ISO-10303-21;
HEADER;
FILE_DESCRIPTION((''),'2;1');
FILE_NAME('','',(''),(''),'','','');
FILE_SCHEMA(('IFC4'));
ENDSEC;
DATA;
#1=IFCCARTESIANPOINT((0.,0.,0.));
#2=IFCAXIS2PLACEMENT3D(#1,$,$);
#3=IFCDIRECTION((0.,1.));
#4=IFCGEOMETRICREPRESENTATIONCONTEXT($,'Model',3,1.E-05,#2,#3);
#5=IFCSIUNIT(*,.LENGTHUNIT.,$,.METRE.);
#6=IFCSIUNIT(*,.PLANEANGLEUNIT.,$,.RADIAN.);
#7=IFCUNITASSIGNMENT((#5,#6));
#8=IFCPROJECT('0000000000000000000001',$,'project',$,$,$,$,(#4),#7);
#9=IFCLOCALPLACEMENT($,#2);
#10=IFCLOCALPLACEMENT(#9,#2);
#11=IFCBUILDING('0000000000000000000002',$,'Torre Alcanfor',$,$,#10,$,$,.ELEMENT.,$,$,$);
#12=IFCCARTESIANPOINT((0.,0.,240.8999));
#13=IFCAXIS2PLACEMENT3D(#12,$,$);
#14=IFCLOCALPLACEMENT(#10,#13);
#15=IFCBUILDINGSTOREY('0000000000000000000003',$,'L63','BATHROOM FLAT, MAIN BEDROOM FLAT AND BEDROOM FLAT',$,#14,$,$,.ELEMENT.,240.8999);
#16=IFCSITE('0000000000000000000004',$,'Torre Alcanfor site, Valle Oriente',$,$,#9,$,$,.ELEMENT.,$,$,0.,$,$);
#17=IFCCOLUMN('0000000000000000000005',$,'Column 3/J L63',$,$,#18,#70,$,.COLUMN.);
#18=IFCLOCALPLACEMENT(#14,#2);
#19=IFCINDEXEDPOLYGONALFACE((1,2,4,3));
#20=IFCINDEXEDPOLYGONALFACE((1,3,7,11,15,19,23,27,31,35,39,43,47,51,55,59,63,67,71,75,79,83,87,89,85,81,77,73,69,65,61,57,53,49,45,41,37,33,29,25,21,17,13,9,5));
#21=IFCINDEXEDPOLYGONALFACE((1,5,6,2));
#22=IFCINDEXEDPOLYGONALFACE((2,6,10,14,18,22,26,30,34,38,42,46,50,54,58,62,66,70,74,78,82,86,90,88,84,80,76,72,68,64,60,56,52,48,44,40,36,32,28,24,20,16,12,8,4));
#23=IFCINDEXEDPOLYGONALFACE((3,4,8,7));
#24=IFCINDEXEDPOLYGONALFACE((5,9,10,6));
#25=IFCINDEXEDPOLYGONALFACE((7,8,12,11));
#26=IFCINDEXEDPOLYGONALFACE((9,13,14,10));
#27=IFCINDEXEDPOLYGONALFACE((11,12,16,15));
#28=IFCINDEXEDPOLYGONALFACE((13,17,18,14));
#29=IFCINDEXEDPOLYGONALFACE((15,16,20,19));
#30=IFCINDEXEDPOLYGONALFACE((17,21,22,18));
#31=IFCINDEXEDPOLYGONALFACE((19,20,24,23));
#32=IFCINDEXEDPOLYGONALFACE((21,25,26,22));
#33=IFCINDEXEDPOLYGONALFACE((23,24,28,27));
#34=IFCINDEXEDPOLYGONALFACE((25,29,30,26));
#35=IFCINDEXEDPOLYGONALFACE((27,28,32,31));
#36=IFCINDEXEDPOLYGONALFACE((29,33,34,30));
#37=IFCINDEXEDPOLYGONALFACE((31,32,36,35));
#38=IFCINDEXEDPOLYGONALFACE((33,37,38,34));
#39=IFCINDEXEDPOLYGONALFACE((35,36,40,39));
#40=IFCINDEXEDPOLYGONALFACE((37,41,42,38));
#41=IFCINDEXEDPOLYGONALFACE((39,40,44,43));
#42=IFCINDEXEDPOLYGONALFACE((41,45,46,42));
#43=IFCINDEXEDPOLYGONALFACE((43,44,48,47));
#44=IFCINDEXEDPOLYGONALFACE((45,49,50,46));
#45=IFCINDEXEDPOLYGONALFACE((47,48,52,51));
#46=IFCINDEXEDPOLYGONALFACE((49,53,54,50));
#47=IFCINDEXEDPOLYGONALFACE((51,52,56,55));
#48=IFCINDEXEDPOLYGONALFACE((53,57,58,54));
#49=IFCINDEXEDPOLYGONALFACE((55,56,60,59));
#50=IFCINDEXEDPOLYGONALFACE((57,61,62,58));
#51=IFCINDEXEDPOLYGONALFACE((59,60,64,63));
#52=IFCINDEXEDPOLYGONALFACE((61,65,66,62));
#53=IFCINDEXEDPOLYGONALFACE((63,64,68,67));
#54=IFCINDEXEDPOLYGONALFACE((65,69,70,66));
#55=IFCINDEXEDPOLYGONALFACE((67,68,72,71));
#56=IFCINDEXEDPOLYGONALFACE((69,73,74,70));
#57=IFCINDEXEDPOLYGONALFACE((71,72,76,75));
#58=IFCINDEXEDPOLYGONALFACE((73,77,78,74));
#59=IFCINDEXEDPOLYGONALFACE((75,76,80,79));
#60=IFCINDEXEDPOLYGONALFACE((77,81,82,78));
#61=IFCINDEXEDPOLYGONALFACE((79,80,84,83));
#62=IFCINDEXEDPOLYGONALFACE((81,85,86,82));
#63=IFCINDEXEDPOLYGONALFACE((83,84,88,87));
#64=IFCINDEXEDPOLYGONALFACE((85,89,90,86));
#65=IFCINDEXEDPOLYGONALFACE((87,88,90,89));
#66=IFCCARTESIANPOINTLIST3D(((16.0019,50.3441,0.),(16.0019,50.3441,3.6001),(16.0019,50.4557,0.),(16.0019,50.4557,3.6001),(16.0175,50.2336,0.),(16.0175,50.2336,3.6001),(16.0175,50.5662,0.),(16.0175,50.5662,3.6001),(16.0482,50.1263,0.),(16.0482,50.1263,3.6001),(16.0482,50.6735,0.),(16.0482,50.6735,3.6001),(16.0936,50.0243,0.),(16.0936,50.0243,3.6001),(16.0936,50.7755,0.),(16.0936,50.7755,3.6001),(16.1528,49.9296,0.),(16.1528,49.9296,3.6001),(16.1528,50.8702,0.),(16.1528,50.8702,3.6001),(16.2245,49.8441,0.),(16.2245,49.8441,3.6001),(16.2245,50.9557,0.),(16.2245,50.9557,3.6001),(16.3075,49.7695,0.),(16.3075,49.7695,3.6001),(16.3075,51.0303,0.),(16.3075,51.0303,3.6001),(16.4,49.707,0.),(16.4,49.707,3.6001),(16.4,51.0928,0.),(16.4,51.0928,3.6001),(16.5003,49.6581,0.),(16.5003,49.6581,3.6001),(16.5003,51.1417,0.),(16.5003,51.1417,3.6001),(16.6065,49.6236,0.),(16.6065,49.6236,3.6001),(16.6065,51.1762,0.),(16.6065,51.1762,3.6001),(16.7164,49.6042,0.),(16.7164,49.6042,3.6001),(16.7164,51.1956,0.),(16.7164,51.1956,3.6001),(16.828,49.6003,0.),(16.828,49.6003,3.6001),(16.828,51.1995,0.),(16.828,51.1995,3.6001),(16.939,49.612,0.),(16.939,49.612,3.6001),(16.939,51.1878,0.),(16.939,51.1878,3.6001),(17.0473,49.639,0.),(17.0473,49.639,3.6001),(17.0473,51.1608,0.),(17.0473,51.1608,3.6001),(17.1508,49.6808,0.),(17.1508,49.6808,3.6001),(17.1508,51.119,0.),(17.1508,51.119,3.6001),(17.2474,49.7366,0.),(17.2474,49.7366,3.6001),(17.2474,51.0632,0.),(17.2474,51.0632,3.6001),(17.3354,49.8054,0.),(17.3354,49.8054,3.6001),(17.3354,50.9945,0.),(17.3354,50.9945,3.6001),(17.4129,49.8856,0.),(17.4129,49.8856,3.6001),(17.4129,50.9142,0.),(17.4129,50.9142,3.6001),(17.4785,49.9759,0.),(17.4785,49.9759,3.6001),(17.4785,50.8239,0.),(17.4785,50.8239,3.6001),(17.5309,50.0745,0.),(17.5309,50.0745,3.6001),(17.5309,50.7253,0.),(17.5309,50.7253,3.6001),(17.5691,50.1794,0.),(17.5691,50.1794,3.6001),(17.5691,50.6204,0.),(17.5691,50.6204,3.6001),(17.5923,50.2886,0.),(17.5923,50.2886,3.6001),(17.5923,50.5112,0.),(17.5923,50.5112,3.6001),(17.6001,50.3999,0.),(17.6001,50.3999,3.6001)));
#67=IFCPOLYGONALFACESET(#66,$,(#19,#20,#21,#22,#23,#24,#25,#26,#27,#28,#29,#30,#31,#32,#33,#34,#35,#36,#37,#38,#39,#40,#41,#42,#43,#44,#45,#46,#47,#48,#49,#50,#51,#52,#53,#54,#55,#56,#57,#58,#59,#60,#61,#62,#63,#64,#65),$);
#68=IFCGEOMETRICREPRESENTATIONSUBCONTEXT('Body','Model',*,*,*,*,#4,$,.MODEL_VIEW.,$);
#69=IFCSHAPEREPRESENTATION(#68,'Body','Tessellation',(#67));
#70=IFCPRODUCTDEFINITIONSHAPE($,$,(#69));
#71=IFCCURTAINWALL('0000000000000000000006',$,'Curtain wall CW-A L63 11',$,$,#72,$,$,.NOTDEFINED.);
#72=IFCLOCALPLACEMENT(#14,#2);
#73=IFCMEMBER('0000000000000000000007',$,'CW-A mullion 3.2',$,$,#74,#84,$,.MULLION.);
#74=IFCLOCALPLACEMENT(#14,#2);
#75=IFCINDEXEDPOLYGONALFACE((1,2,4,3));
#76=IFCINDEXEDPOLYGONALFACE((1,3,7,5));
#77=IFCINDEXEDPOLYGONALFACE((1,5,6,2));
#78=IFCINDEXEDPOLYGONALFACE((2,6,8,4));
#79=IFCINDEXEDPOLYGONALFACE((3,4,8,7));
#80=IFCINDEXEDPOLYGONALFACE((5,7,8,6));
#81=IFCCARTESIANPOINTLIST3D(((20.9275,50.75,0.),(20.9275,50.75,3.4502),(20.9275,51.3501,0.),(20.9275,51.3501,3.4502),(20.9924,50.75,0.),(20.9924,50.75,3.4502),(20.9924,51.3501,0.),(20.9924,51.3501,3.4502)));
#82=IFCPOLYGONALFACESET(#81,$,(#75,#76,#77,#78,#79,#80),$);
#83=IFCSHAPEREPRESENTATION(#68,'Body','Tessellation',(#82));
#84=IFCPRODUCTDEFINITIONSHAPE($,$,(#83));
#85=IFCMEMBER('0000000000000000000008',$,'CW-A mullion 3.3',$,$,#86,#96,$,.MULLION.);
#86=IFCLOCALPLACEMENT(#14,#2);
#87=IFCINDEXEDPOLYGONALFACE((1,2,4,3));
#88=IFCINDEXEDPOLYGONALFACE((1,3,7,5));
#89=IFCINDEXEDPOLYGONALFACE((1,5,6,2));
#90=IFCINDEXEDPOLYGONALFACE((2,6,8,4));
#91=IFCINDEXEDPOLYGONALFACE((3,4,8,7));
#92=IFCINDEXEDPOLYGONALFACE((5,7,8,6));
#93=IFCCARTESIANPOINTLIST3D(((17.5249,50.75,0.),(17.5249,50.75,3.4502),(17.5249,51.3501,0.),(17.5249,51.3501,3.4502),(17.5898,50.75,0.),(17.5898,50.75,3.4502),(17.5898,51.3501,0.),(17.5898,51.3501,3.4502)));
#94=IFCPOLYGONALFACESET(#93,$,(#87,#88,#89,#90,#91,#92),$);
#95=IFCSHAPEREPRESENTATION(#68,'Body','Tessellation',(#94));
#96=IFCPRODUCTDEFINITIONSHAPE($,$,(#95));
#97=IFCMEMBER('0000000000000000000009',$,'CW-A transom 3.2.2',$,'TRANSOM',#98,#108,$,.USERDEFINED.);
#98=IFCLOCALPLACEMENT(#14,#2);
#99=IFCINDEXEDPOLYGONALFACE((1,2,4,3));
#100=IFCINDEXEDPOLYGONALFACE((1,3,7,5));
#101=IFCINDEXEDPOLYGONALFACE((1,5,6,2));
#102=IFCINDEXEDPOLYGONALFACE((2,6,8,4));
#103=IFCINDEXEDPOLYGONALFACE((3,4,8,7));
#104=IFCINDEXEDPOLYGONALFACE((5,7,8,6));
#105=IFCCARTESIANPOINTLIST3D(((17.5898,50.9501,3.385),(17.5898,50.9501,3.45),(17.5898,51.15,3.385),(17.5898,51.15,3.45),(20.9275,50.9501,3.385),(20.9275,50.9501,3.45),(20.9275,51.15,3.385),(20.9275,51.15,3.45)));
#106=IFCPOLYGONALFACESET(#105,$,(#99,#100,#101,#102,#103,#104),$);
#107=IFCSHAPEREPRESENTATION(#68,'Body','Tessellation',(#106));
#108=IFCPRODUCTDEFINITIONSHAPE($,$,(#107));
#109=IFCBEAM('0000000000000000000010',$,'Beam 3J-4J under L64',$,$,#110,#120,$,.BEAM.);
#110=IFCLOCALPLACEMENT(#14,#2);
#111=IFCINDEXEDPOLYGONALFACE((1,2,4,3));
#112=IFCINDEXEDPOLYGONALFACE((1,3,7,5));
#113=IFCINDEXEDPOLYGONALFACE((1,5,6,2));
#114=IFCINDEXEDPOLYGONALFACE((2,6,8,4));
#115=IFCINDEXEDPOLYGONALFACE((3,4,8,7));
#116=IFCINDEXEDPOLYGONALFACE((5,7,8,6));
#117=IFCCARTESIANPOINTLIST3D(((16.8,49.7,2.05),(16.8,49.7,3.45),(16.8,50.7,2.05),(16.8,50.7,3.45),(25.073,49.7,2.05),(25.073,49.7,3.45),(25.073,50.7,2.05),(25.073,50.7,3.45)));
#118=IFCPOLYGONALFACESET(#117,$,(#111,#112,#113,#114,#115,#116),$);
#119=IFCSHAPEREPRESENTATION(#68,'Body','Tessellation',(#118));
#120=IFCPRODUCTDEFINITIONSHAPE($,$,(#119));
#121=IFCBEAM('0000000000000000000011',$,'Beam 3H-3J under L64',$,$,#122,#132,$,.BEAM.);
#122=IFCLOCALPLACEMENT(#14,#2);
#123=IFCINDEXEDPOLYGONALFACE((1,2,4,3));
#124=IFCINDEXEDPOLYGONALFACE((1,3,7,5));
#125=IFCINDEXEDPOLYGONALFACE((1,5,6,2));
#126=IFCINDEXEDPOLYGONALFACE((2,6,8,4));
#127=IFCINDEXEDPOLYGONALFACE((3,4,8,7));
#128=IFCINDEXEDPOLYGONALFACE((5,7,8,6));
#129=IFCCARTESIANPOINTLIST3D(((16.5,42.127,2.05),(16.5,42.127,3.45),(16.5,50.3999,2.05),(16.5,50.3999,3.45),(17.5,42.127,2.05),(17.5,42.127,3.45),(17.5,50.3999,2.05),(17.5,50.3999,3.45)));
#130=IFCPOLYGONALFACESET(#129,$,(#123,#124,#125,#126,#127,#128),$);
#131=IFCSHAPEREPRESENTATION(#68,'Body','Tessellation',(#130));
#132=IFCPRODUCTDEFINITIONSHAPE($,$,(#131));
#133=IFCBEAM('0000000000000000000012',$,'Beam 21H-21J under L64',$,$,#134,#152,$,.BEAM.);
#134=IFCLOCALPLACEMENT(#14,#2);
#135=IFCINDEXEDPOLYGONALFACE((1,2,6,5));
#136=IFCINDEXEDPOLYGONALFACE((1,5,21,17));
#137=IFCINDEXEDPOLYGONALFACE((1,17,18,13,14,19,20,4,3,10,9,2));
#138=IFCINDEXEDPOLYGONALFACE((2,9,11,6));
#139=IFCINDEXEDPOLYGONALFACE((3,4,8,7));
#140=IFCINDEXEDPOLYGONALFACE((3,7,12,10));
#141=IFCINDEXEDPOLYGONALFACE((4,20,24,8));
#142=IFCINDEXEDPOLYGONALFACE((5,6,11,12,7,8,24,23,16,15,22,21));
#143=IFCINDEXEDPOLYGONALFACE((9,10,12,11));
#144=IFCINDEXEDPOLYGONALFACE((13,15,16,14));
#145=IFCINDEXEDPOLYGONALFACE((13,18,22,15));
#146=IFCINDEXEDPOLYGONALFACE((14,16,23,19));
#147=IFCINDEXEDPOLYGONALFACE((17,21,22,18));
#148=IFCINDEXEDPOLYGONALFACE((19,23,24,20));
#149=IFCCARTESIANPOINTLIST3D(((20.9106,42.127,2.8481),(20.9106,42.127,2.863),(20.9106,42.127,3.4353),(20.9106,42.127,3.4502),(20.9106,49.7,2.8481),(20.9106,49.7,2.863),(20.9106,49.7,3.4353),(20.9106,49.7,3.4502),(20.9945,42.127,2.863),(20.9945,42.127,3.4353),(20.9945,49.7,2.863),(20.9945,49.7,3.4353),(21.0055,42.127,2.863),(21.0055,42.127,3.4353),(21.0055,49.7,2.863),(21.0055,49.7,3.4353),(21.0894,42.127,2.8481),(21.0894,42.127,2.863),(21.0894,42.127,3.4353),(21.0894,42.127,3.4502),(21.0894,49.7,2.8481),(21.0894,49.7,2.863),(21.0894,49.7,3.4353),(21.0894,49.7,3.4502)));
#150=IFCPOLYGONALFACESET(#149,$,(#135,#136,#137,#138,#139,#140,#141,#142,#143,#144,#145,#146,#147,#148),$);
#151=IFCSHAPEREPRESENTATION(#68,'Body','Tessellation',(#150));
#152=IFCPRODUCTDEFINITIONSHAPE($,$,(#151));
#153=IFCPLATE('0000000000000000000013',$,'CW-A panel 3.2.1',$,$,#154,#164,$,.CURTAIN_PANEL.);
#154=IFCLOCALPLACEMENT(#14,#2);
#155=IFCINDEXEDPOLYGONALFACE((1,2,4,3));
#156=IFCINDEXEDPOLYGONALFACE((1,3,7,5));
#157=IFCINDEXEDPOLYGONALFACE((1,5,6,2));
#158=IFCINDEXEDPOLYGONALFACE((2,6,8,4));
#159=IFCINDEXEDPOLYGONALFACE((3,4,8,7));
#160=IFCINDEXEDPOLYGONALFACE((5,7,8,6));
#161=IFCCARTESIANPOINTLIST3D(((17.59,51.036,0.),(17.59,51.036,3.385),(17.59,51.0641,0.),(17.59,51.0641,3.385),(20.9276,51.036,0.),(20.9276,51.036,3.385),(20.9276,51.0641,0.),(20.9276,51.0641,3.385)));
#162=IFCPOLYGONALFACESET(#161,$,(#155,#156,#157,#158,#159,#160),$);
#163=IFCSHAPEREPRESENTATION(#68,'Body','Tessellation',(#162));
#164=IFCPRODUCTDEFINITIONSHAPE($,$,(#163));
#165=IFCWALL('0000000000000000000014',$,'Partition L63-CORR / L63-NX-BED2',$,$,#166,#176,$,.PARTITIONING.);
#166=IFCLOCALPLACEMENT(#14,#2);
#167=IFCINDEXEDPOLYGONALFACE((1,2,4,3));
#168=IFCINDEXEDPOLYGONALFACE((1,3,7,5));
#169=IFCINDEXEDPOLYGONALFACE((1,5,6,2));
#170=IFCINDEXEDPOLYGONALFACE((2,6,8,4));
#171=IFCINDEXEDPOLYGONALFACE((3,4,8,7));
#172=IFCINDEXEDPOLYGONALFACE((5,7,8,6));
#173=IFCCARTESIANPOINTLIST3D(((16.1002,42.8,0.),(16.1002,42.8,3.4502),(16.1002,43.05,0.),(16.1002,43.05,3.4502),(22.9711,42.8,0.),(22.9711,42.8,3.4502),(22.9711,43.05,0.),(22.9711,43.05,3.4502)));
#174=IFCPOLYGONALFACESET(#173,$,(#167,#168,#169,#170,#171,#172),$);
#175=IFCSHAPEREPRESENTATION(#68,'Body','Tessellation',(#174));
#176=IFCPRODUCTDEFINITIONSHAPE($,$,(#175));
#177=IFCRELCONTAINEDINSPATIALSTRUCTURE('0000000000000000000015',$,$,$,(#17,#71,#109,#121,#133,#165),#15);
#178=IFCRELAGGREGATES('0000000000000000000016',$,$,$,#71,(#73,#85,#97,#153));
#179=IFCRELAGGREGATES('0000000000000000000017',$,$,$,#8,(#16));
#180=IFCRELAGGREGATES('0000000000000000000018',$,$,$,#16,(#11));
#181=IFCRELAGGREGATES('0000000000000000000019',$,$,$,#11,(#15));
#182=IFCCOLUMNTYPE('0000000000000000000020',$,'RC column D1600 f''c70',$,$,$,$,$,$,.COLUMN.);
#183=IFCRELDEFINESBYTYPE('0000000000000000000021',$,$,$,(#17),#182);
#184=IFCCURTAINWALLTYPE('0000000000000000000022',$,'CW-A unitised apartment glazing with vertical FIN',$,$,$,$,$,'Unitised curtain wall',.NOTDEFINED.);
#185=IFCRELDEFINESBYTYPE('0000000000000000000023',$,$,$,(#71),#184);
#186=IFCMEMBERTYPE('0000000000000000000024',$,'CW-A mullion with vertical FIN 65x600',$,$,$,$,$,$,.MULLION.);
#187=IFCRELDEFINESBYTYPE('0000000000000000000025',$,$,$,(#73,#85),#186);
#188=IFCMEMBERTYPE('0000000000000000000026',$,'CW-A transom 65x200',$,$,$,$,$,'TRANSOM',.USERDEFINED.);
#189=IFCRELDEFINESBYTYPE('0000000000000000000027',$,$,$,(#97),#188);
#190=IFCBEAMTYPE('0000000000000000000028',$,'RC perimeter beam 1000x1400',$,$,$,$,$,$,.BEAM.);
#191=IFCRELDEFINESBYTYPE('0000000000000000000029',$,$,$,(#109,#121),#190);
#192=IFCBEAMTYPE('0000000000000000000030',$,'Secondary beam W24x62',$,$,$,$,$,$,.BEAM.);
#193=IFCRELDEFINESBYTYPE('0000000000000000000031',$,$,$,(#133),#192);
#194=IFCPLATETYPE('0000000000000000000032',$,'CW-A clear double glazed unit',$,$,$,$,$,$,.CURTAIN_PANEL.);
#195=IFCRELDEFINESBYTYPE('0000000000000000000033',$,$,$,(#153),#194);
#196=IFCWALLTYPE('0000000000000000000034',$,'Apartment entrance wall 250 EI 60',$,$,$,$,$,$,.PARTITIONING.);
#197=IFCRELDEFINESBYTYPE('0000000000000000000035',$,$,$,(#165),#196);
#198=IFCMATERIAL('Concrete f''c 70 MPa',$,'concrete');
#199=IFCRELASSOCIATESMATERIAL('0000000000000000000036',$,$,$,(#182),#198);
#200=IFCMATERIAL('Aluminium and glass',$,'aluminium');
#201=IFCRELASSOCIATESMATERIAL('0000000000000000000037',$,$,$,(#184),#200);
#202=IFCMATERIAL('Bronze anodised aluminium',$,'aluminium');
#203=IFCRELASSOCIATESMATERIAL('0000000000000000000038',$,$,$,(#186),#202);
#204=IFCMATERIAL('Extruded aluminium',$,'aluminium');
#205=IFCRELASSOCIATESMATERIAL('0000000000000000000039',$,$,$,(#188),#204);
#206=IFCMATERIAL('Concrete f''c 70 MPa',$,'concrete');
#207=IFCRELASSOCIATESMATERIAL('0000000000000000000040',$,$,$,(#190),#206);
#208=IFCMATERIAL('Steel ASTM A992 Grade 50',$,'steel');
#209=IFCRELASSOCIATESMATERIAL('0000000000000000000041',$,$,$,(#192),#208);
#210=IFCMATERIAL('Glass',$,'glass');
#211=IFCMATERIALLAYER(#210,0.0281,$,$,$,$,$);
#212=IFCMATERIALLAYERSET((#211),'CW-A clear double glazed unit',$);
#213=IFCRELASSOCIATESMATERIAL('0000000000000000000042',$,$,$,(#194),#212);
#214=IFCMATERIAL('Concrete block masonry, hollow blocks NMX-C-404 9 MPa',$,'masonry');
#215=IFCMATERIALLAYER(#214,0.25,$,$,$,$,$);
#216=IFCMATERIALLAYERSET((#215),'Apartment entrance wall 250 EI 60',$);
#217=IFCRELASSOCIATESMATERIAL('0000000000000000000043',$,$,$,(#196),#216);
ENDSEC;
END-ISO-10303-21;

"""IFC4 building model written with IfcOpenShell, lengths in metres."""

from ifc_helpers import new_model, si_unit, direction, frame, frame_2d, origin, origin_2d, place, context, subcontext, project, spatial, rectangle, circle, i_section, extrude, material, layer, layer_set, material_profile, profile_set, type_object, element, aggregate, save


model = new_model("IFC4")

# Units and contexts
model_context = context("Model", 3, precision=1e-05, world=origin(), true_north=direction((0.0, 1.0)))
body_context = subcontext(model_context, "Body", "Model", "MODEL_VIEW")
ifc_project = project(units=[si_unit("LENGTHUNIT", "METRE"), si_unit("PLANEANGLEUNIT", "RADIAN")], contexts=[model_context])

# Site, building, storey
site_placement = place(None, origin())
site = spatial("IfcSite", under=ifc_project, at=site_placement, Name="Torre Alcanfor site, Valle Oriente", CompositionType="ELEMENT", RefElevation=0.0)
building_placement = place(site_placement, origin())
building = spatial("IfcBuilding", under=site, at=building_placement, Name="Torre Alcanfor", CompositionType="ELEMENT")
storey_placement = place(building_placement, frame((0.0, 0.0, 240.8999)))
storey = spatial("IfcBuildingStorey", under=building, at=storey_placement, Name="L63", Description="BATHROOM FLAT, MAIN BEDROOM FLAT AND BEDROOM FLAT", CompositionType="ELEMENT", Elevation=240.8999)

# Column
ifc_material_1 = material(Name="Concrete f'c 70 MPa", Category="concrete")
ifc_material_profile_1 = material_profile(ifc_material_1, circle(Radius=0.8, at=origin_2d()), Name="D1600")
ifc_profile_set_1 = profile_set([ifc_material_profile_1], Name="Concrete f'c 70 MPa")
column_type = type_object("IfcColumnType", Name="RC column D1600 f'c70", PredefinedType="COLUMN", material=ifc_profile_set_1)
column_placement = place(storey_placement, frame((16.8, 50.3999, 0.0), z_axis=(0.0, 0.0, 1.0), x_axis=(1.0, 0.0, 0.0)))
element("IfcColumn", 1, at=column_placement, inside=storey, type_object=column_type, Name="Column 3/J L63", PredefinedType="COLUMN", context=body_context, shape_type="SweptSolid", body=[
    extrude(circle(Radius=0.8, at=origin_2d()), origin(), (0.0, 0.0, 1.0), 3.6001),
])

# Curtain wall, members
ifc_material_2 = material(Name="Aluminium and glass", Category="aluminium")
curtain_wall_type = type_object("IfcCurtainWallType", Name="CW-A unitised apartment glazing with vertical FIN", ElementType="Unitised curtain wall", PredefinedType="NOTDEFINED", material=ifc_material_2)
curtain_wall_placement = place(storey_placement, origin())
curtain_wall = element("IfcCurtainWall", 2, at=curtain_wall_placement, inside=storey, type_object=curtain_wall_type, Name="Curtain wall CW-A L63 11", PredefinedType="NOTDEFINED")
ifc_material_3 = material(Name="Bronze anodised aluminium", Category="aluminium")
ifc_material_profile_2 = material_profile(ifc_material_3, rectangle(XDim=0.6001, YDim=0.0649, at=origin_2d()), Name="CW-A mullion 65x600")
ifc_profile_set_2 = profile_set([ifc_material_profile_2], Name="Bronze anodised aluminium")
member_type_1 = type_object("IfcMemberType", Name="CW-A mullion with vertical FIN 65x600", PredefinedType="MULLION", material=ifc_profile_set_2)
member_1_placement = place(storey_placement, frame((20.96, 51.05, 0.0), z_axis=(0.0, 0.0, 1.0), x_axis=(0.0, -1.0, 0.0)))
member_1 = element("IfcMember", 3, at=member_1_placement, type_object=member_type_1, Name="CW-A mullion 3.2", PredefinedType="MULLION", context=body_context, shape_type="SweptSolid", body=[
    extrude(rectangle(XDim=0.6001, YDim=0.0649, at=origin_2d()), origin(), (0.0, 0.0, 1.0), 3.4502),
])
member_2_placement = place(storey_placement, frame((17.5574, 51.05, 0.0), z_axis=(0.0, 0.0, 1.0), x_axis=(0.0, -1.0, 0.0)))
member_2 = element("IfcMember", 4, at=member_2_placement, type_object=member_type_1, Name="CW-A mullion 3.3", PredefinedType="MULLION", context=body_context, shape_type="SweptSolid", body=[
    extrude(rectangle(XDim=0.6001, YDim=0.0649, at=origin_2d()), origin(), (0.0, 0.0, 1.0), 3.4502),
])
ifc_material_4 = material(Name="Extruded aluminium", Category="aluminium")
ifc_material_profile_3 = material_profile(ifc_material_4, rectangle(XDim=0.2, YDim=0.0649, at=origin_2d()), Name="CW-A transom 200x65")
ifc_profile_set_3 = profile_set([ifc_material_profile_3], Name="Extruded aluminium")
member_type_2 = type_object("IfcMemberType", Name="CW-A transom 65x200", ElementType="TRANSOM", PredefinedType="USERDEFINED", material=ifc_profile_set_3)
member_3_placement = place(storey_placement, frame((20.9275, 51.05, 3.4175), z_axis=(-1.0, 0.0, 0.0), x_axis=(0.0, -1.0, 0.0)))
member_3 = element("IfcMember", 5, at=member_3_placement, type_object=member_type_2, Name="CW-A transom 3.2.2", ObjectType="TRANSOM", PredefinedType="USERDEFINED", context=body_context, shape_type="SweptSolid", body=[
    extrude(rectangle(XDim=0.2, YDim=0.0649, at=origin_2d()), origin(), (0.0, 0.0, 1.0), 3.3376),
])

# Beams
ifc_material_5 = material(Name="Concrete f'c 70 MPa", Category="concrete")
ifc_material_profile_4 = material_profile(ifc_material_5, rectangle(XDim=1.0, YDim=1.3999, at=origin_2d()), Name="1000x1400")
ifc_profile_set_4 = profile_set([ifc_material_profile_4], Name="Concrete f'c 70 MPa")
beam_type_1 = type_object("IfcBeamType", Name="RC perimeter beam 1000x1400", PredefinedType="BEAM", material=ifc_profile_set_4)
for number, where, z_axis, x_axis, name in (
    (6, (16.8, 50.2, 2.75), (1.0, 0.0, 0.0), (0.0, 1.0, 0.0), "Beam 3J-4J under L64"),
    (7, (17.0, 42.127, 2.75), (0.0, 1.0, 0.0), (-1.0, 0.0, 0.0), "Beam 3H-3J under L64"),
):
    element("IfcBeam", number, at=place(storey_placement, frame(where, z_axis=z_axis, x_axis=x_axis)), inside=storey, type_object=beam_type_1, Name=name, PredefinedType="BEAM", context=body_context, shape_type="SweptSolid", body=[
        extrude(rectangle(XDim=1.0, YDim=1.3999, at=origin_2d()), origin(), (0.0, 0.0, 1.0), 8.2729),
    ])
ifc_material_6 = material(Name="Steel ASTM A992 Grade 50", Category="steel")
ifc_material_profile_5 = material_profile(ifc_material_6, i_section(OverallWidth=0.1787, OverallDepth=0.6021, WebThickness=0.011, FlangeThickness=0.0149, at=origin_2d()), Name="W24x62")
ifc_profile_set_5 = profile_set([ifc_material_profile_5], Name="Steel ASTM A992 Grade 50")
beam_type_2 = type_object("IfcBeamType", Name="Secondary beam W24x62", PredefinedType="BEAM", material=ifc_profile_set_5)
beam_placement = place(storey_placement, frame((21.0, 42.127, 3.1492), z_axis=(0.0, 1.0, 0.0), x_axis=(-1.0, 0.0, 0.0)))
element("IfcBeam", 8, at=beam_placement, inside=storey, type_object=beam_type_2, Name="Beam 21H-21J under L64", PredefinedType="BEAM", context=body_context, shape_type="SweptSolid", body=[
    extrude(i_section(OverallWidth=0.1787, OverallDepth=0.6021, WebThickness=0.011, FlangeThickness=0.0149, at=origin_2d()), origin(), (0.0, 0.0, 1.0), 7.573),
])

# Plate
ifc_material_7 = material(Name="Glass", Category="glass")
ifc_layer_1 = layer(ifc_material_7, 0.0281)
ifc_layer_set_1 = layer_set([ifc_layer_1], Name="CW-A clear double glazed unit")
plate_type = type_object("IfcPlateType", Name="CW-A clear double glazed unit", PredefinedType="CURTAIN_PANEL", material=ifc_layer_set_1)
plate_placement = place(storey_placement, frame((19.2588, 51.05, 0.0), z_axis=(0.0, 0.0, 1.0), x_axis=(-1.0, 0.0, 0.0)))
plate = element("IfcPlate", 9, at=plate_placement, type_object=plate_type, Name="CW-A panel 3.2.1", PredefinedType="CURTAIN_PANEL", context=body_context, shape_type="SweptSolid", body=[
    extrude(rectangle(XDim=3.3376, YDim=0.0281, at=origin_2d()), origin(), (0.0, 0.0, 1.0), 3.385),
])
aggregate(curtain_wall, [member_1, member_2, member_3, plate])

# Wall
ifc_material_8 = material(Name="Concrete block masonry, hollow blocks NMX-C-404 9 MPa", Category="masonry")
ifc_layer_2 = layer(ifc_material_8, 0.25)
ifc_layer_set_2 = layer_set([ifc_layer_2], Name="Apartment entrance wall 250 EI 60")
wall_type_1 = type_object("IfcWallType", Name="Apartment entrance wall 250 EI 60", PredefinedType="PARTITIONING", material=ifc_layer_set_2)
wall_1_placement = place(storey_placement, frame((16.1001, 42.925, 0.0), z_axis=(0.0, 0.0, 1.0), x_axis=(1.0, 0.0, 0.0)))
element("IfcWall", 10, at=wall_1_placement, inside=storey, type_object=wall_type_1, Name="Partition L63-CORR / L63-NX-BED2", PredefinedType="PARTITIONING", context=body_context, shape_type="SweptSolid", body=[
    extrude(rectangle(XDim=6.8708, YDim=0.25, at=frame_2d((3.4355, 0.0))), origin(), (0.0, 0.0, 1.0), 3.4502),
])

save(model, "model.ifc")
